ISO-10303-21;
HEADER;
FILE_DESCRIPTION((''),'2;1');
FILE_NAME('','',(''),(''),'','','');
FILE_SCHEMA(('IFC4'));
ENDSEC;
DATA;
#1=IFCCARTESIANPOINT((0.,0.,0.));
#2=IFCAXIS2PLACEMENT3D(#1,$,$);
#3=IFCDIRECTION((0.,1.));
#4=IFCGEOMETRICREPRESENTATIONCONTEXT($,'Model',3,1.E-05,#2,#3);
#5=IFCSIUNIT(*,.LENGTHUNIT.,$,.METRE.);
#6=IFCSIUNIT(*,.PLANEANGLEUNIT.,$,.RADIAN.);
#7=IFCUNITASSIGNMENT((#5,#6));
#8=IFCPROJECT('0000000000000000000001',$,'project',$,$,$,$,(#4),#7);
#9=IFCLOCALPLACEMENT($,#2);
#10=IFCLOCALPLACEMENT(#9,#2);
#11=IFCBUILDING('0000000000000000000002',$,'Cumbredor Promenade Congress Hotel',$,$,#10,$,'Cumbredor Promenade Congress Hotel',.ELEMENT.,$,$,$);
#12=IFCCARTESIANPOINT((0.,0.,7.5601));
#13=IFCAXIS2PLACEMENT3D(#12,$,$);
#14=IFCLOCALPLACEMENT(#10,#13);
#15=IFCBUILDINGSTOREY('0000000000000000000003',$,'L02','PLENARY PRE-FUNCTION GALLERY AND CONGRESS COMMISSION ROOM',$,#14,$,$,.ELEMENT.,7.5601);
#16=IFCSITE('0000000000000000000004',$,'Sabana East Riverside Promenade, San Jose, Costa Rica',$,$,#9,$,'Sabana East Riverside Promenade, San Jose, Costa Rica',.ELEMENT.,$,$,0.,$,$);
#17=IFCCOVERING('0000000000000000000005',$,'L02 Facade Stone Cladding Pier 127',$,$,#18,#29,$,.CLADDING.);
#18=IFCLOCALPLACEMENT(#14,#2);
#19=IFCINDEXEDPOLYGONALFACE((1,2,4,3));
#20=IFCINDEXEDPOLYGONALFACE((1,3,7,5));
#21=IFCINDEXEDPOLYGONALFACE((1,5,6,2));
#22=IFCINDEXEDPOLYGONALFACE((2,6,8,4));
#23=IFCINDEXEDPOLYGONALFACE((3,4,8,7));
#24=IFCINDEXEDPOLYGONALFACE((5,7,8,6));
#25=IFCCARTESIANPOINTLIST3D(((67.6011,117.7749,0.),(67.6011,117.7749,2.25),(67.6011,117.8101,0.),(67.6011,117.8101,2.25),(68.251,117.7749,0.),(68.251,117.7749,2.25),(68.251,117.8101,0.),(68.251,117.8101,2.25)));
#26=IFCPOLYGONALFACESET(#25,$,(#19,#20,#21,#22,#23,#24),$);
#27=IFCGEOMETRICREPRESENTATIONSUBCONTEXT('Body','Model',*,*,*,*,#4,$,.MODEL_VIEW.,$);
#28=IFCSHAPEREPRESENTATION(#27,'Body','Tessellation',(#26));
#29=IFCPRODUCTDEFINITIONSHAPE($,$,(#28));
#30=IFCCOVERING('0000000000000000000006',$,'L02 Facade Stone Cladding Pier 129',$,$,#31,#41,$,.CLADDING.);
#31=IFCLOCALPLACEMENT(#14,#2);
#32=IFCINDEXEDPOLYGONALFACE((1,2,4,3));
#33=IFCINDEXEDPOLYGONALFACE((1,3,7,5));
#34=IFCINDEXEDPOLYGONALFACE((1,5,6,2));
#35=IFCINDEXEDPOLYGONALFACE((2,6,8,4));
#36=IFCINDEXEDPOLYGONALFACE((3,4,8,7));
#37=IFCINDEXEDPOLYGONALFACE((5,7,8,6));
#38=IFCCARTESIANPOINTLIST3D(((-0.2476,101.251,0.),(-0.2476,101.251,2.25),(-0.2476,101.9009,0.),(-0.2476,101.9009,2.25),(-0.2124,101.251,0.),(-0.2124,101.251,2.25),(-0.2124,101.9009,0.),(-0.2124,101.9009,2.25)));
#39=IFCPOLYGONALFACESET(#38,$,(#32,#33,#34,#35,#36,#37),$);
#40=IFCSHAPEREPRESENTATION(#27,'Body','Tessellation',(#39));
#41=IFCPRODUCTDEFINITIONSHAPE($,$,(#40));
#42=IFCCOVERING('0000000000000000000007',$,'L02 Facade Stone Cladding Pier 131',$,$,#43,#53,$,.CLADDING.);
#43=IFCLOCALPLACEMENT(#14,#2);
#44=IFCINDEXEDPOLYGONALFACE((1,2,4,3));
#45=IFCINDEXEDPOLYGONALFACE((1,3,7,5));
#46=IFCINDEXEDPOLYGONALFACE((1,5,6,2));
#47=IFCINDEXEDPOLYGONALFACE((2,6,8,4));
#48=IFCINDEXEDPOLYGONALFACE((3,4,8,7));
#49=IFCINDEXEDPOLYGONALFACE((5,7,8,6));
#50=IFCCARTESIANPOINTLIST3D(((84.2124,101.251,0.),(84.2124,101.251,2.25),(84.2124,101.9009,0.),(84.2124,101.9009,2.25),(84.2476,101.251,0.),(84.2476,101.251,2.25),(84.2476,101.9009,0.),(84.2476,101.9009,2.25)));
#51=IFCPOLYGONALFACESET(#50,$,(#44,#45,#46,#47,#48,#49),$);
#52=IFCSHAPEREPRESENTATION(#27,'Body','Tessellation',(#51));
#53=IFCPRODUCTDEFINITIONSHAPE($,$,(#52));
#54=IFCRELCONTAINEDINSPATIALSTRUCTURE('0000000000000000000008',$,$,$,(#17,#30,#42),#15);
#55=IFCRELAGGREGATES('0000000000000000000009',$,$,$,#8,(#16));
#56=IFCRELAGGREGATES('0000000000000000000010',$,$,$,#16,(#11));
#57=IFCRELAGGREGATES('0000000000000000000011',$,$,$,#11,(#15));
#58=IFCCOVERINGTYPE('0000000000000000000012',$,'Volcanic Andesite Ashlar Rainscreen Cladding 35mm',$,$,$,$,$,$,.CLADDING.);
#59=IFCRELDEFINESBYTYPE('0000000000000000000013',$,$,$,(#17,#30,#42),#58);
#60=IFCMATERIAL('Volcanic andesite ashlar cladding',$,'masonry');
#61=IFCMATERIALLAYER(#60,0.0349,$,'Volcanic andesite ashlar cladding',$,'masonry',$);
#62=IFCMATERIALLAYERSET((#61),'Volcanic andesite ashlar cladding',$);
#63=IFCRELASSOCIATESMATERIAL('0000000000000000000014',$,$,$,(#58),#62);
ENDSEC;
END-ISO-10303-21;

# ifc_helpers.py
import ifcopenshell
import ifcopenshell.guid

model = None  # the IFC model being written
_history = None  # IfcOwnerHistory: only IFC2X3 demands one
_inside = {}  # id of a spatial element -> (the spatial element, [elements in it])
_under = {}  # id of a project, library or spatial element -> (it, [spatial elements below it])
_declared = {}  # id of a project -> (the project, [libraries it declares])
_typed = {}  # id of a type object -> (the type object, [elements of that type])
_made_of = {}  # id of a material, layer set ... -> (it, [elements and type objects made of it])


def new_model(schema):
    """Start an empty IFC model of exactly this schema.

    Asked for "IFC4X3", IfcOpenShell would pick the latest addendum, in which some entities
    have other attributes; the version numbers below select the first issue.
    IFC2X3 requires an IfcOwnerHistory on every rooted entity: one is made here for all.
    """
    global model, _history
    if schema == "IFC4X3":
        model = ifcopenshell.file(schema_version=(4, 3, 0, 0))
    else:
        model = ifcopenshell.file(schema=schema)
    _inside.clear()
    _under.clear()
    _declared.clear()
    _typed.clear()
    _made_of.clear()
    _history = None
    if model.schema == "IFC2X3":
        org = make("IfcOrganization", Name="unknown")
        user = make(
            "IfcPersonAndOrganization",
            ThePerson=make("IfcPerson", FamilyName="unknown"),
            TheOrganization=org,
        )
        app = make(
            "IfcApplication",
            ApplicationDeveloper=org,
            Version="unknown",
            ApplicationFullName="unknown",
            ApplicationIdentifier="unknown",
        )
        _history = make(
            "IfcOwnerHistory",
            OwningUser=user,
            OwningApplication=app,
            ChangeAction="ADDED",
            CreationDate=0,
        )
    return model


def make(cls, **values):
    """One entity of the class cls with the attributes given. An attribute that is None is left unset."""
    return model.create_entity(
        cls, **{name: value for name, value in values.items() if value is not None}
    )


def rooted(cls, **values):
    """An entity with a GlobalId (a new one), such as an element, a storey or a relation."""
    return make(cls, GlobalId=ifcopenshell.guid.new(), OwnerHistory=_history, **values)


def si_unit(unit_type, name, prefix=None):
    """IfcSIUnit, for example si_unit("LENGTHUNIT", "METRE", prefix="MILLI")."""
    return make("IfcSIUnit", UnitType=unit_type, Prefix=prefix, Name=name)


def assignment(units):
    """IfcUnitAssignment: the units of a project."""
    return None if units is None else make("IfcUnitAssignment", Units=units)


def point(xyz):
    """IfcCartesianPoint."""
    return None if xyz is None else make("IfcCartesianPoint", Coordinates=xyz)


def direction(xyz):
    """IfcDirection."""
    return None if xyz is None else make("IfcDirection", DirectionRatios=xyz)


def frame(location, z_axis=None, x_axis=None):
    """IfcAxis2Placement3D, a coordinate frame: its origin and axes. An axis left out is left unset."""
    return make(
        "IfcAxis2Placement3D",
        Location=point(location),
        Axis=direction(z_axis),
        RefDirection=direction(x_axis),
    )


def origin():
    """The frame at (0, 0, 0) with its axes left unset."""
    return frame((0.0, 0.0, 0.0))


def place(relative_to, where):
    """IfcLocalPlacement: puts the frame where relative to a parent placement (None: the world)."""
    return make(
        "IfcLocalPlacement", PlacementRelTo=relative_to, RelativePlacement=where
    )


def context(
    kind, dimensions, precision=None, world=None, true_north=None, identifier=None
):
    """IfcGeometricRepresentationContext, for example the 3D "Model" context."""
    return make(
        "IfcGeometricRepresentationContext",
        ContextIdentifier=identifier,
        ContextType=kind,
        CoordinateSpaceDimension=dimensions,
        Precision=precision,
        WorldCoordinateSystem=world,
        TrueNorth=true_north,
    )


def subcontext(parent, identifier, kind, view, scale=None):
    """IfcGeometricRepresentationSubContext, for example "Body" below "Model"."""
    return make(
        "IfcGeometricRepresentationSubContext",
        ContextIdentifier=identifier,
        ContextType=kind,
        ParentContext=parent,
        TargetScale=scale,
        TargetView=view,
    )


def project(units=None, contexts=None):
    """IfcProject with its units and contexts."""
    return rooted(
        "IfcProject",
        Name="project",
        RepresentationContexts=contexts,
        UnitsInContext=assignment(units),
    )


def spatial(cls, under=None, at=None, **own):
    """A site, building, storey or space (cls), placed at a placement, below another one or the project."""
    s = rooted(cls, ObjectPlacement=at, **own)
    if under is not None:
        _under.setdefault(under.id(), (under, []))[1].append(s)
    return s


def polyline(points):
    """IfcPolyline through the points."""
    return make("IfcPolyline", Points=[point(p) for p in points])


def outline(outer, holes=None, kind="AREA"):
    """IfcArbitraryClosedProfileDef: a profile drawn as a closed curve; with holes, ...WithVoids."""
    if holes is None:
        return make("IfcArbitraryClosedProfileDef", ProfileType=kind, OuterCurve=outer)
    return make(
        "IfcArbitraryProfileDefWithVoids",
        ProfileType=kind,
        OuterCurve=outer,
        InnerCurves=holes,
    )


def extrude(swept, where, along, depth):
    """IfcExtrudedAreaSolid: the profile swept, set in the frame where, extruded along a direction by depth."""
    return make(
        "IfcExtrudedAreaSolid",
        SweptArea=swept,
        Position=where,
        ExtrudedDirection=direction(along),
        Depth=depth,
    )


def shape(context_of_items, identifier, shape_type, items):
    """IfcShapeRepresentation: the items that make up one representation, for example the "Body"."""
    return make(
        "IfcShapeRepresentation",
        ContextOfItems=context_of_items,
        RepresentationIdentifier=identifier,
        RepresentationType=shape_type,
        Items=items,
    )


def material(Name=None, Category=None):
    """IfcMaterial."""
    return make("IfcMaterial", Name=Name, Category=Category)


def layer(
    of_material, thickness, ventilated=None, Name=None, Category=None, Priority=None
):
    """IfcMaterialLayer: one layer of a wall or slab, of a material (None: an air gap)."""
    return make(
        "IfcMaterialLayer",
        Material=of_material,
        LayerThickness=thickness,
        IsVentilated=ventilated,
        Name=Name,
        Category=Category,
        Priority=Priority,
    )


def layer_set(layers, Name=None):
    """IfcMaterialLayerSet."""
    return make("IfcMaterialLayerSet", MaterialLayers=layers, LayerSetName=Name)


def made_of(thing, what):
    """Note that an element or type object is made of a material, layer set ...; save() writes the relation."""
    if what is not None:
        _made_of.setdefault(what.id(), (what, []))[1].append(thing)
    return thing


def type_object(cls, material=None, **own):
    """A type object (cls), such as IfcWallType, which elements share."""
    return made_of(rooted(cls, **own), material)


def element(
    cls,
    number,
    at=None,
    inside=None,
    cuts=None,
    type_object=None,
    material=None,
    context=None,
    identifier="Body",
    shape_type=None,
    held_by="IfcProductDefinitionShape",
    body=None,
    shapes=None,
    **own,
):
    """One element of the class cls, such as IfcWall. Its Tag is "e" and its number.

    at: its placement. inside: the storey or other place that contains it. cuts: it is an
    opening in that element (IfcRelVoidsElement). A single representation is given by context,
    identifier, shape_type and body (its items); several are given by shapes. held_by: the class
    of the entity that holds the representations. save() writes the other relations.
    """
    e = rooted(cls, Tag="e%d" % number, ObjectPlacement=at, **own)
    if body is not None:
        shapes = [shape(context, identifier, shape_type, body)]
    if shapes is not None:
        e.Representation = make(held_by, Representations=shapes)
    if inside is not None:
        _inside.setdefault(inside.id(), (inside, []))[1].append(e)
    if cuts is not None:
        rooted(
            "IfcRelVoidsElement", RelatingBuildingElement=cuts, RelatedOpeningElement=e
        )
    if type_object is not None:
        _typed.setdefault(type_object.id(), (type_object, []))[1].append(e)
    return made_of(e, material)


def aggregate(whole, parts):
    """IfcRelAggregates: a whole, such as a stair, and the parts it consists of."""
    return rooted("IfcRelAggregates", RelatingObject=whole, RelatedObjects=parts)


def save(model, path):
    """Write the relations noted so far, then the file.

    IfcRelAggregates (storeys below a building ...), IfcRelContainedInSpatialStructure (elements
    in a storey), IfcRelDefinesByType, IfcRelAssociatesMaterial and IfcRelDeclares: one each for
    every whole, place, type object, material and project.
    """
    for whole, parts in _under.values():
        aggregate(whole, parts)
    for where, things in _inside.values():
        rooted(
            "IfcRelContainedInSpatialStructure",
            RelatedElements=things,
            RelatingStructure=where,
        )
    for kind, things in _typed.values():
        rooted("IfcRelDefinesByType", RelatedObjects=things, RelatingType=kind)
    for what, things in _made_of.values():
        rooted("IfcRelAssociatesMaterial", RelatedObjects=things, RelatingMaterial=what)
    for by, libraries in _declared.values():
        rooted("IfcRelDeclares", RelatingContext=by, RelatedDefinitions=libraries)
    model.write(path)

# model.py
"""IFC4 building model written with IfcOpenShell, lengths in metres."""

from ifc_helpers import new_model, si_unit, direction, frame, origin, place, context, subcontext, project, spatial, polyline, outline, extrude, material, layer, layer_set, type_object, element, save


model = new_model("IFC4")

# Units and contexts
model_context = context("Model", 3, precision=1e-05, world=origin(), true_north=direction((0.0, 1.0)))
body_context = subcontext(model_context, "Body", "Model", "MODEL_VIEW")
ifc_project = project(units=[si_unit("LENGTHUNIT", "METRE"), si_unit("PLANEANGLEUNIT", "RADIAN")], contexts=[model_context])

# Site, building, storey
site_placement = place(None, origin())
site = spatial("IfcSite", under=ifc_project, at=site_placement, Name="Sabana East Riverside Promenade, San Jose, Costa Rica", LongName="Sabana East Riverside Promenade, San Jose, Costa Rica", CompositionType="ELEMENT", RefElevation=0.0)
building_placement = place(site_placement, origin())
building = spatial("IfcBuilding", under=site, at=building_placement, Name="Cumbredor Promenade Congress Hotel", LongName="Cumbredor Promenade Congress Hotel", CompositionType="ELEMENT")
storey_placement = place(building_placement, frame((0.0, 0.0, 7.5601)))
storey = spatial("IfcBuildingStorey", under=building, at=storey_placement, Name="L02", Description="PLENARY PRE-FUNCTION GALLERY AND CONGRESS COMMISSION ROOM", CompositionType="ELEMENT", Elevation=7.5601)

# Coverings
ifc_material_1 = material(Name="Volcanic andesite ashlar cladding", Category="masonry")
ifc_layer_1 = layer(ifc_material_1, 0.0349, Name="Volcanic andesite ashlar cladding", Category="masonry")
ifc_layer_set_1 = layer_set([ifc_layer_1], Name="Volcanic andesite ashlar cladding")
covering_type_1 = type_object("IfcCoveringType", Name="Volcanic Andesite Ashlar Rainscreen Cladding 35mm", PredefinedType="CLADDING", material=ifc_layer_set_1)
covering_1_placement = place(storey_placement, origin())
element("IfcCovering", 1, at=covering_1_placement, inside=storey, type_object=covering_type_1, Name="L02 Facade Stone Cladding Pier 127", PredefinedType="CLADDING", context=body_context, shape_type="SweptSolid", body=[
    extrude(outline(polyline([(67.6011, 117.7749), (68.251, 117.7749), (68.251, 117.8101), (67.6011, 117.8101), (67.6011, 117.7749)])), origin(), (0.0, 0.0, 1.0), 2.25),
])
covering_2_placement = place(storey_placement, origin())
element("IfcCovering", 2, at=covering_2_placement, inside=storey, type_object=covering_type_1, Name="L02 Facade Stone Cladding Pier 129", PredefinedType="CLADDING", context=body_context, shape_type="SweptSolid", body=[
    extrude(outline(polyline([(-0.2124, 101.251), (-0.2124, 101.9009), (-0.2476, 101.9009), (-0.2476, 101.251), (-0.2124, 101.251)])), origin(), (0.0, 0.0, 1.0), 2.25),
])
covering_3_placement = place(storey_placement, origin())
element("IfcCovering", 3, at=covering_3_placement, inside=storey, type_object=covering_type_1, Name="L02 Facade Stone Cladding Pier 131", PredefinedType="CLADDING", context=body_context, shape_type="SweptSolid", body=[
    extrude(outline(polyline([(84.2124, 101.251), (84.2124, 101.9009), (84.2476, 101.9009), (84.2476, 101.251), (84.2124, 101.251)])), origin(), (0.0, 0.0, 1.0), 2.25),
])

save(model, "model.ifc")
